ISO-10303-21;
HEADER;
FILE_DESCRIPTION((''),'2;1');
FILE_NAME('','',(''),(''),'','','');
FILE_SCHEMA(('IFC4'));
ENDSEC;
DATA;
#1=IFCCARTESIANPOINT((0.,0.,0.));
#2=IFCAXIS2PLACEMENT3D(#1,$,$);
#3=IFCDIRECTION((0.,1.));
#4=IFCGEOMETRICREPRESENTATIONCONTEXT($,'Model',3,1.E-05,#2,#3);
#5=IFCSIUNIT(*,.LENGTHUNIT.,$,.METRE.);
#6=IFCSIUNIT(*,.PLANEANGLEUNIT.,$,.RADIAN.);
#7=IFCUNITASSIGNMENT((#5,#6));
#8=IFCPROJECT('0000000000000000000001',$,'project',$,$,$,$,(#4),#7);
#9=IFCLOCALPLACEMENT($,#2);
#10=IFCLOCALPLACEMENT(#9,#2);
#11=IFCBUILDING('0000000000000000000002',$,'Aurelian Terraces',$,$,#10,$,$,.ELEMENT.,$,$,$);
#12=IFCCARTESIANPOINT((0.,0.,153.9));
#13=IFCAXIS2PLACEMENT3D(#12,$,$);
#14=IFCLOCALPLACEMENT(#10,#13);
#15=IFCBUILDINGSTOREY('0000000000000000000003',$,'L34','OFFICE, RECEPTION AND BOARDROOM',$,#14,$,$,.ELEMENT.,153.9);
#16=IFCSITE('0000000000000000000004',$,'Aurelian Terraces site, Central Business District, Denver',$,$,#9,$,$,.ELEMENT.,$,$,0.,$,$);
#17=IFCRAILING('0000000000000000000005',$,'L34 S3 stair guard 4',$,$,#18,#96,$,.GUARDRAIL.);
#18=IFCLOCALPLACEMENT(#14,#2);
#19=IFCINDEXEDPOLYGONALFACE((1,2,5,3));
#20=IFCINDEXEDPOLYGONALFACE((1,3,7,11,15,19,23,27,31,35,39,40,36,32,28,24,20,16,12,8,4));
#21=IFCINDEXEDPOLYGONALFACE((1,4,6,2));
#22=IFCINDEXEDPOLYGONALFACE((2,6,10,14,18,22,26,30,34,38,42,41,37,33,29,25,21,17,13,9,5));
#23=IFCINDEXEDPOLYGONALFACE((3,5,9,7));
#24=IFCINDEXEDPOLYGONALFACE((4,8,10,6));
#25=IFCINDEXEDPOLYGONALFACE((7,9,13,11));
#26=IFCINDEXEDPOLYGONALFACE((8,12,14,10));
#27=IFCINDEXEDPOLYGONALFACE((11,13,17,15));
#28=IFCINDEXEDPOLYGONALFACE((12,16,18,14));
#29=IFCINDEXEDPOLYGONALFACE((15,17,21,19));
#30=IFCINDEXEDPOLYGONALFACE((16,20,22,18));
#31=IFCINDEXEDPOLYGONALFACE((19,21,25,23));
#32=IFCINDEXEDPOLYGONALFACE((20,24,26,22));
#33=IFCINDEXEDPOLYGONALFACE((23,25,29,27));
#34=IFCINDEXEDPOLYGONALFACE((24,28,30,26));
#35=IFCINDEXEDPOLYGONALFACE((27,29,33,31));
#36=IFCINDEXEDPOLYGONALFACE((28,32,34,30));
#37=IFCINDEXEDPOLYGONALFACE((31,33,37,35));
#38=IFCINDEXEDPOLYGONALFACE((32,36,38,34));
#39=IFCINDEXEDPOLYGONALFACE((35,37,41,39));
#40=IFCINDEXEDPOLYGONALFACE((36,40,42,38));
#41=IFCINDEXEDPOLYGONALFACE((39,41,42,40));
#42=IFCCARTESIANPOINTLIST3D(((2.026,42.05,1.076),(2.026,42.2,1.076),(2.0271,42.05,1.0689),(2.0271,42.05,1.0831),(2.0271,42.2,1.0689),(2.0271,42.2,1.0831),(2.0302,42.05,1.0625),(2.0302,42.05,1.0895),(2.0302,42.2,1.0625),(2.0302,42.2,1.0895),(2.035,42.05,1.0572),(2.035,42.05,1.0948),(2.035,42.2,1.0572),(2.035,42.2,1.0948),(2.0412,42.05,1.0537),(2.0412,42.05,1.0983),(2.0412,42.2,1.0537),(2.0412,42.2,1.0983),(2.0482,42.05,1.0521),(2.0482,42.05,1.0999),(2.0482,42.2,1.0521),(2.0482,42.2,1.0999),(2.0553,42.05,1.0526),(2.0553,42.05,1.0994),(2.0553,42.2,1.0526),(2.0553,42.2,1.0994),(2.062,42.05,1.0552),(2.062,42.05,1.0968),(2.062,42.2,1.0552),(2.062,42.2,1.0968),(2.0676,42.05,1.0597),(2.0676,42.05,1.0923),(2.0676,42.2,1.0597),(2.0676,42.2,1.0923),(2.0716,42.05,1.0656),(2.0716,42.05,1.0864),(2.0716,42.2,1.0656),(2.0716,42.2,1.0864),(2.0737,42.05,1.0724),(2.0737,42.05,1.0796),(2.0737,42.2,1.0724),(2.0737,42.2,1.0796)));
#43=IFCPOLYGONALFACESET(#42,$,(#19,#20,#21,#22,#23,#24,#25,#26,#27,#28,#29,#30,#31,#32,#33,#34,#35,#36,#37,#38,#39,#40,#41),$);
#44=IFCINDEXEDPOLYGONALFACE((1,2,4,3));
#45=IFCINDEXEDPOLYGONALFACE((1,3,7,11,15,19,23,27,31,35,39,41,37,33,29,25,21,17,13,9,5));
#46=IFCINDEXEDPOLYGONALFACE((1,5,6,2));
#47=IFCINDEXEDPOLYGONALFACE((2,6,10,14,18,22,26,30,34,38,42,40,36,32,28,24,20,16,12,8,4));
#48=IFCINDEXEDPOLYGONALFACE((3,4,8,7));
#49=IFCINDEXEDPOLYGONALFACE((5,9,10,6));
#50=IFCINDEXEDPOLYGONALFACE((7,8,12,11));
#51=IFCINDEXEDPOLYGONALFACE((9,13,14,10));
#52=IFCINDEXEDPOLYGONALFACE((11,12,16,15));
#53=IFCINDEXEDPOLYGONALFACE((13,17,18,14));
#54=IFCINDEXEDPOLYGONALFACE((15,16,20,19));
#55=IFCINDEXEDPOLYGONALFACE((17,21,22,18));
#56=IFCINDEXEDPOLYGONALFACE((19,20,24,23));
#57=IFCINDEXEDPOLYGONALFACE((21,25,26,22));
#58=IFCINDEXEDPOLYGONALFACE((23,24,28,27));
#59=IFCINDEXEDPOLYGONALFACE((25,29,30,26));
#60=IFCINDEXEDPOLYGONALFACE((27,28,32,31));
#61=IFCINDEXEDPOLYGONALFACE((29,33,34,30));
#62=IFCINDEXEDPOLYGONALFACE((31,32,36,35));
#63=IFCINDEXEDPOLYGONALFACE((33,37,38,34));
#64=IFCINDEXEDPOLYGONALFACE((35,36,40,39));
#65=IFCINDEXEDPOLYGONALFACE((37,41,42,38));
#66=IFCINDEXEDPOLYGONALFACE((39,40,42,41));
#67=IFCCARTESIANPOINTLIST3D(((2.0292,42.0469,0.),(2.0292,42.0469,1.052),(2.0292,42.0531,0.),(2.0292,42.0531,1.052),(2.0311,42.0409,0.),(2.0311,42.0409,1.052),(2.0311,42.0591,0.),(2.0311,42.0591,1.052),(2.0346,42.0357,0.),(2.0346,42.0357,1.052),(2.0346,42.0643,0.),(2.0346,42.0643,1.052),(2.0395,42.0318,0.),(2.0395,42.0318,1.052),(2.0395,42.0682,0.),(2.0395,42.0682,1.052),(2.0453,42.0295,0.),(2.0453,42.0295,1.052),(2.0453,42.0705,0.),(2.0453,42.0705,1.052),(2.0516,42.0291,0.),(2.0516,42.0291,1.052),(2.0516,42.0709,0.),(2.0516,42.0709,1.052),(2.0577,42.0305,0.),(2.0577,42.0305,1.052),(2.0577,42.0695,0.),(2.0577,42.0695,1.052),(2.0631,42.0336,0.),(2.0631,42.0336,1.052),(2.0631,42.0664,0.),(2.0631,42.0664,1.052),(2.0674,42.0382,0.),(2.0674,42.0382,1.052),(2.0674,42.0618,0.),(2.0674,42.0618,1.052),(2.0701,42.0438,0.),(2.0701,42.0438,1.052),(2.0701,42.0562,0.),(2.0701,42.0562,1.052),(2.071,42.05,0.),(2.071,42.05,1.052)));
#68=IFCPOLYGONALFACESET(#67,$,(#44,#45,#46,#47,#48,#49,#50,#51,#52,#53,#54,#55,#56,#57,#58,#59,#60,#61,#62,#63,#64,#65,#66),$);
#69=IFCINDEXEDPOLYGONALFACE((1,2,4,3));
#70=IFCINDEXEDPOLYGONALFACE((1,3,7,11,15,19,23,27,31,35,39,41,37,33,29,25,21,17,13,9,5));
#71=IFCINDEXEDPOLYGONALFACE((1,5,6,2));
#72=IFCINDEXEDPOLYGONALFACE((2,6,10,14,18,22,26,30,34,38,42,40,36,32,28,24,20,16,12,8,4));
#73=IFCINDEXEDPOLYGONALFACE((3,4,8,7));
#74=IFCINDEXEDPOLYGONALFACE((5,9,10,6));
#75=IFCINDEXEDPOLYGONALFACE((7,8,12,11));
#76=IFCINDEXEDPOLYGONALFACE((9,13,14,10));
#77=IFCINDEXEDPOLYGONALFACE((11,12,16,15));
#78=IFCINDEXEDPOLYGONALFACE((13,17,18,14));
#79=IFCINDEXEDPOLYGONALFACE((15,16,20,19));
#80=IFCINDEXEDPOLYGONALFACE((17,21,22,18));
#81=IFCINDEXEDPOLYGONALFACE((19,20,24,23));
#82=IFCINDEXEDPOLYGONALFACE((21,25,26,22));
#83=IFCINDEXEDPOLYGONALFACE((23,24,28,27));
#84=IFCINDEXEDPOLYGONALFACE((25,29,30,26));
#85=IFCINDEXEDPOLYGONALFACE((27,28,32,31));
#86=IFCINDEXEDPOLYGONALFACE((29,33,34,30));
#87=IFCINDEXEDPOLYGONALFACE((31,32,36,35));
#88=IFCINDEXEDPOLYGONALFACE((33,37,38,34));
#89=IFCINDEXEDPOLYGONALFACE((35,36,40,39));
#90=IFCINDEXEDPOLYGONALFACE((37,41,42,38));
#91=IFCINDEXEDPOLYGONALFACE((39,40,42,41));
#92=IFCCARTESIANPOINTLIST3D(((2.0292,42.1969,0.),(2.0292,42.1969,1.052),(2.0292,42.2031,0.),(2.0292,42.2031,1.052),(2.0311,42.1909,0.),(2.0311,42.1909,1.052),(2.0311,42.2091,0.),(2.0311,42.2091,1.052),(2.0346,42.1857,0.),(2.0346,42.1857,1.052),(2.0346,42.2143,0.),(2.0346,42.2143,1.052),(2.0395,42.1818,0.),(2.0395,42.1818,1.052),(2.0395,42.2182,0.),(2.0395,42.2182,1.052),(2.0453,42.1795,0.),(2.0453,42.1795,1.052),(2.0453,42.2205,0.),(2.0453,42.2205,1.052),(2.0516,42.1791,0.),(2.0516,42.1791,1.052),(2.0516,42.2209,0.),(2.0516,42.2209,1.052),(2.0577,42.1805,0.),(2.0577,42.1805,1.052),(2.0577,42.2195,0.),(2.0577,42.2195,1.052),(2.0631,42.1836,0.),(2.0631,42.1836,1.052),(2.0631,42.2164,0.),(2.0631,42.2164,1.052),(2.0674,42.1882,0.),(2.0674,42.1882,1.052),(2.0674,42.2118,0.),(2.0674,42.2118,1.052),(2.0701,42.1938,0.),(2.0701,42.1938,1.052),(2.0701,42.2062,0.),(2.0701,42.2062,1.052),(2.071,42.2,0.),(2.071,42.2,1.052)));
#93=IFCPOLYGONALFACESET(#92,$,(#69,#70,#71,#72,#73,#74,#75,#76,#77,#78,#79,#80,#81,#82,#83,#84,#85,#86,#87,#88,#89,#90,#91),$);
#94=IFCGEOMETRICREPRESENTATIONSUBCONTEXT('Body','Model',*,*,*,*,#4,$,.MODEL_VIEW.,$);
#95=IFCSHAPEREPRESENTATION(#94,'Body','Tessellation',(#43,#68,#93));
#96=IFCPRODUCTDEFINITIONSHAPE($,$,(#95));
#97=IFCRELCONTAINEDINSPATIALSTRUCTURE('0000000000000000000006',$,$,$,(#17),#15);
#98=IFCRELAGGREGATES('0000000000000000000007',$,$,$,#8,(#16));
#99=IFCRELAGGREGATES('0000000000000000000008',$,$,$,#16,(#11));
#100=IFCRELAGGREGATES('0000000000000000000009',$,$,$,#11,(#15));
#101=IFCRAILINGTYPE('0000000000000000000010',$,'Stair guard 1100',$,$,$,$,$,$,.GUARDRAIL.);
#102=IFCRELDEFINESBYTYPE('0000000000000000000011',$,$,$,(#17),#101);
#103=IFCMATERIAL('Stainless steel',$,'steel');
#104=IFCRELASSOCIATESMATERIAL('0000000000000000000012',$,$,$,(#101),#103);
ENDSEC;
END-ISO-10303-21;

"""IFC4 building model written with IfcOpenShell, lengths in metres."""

from ifc_helpers import new_model, si_unit, direction, frame, origin, origin_2d, place, context, subcontext, project, spatial, circle, extrude, source, transform, mapped, material, type_object, element, save


model = new_model("IFC4")

# Units and contexts
model_context = context("Model", 3, precision=1e-05, world=origin(), true_north=direction((0.0, 1.0)))
body_context = subcontext(model_context, "Body", "Model", "MODEL_VIEW")
ifc_project = project(units=[si_unit("LENGTHUNIT", "METRE"), si_unit("PLANEANGLEUNIT", "RADIAN")], contexts=[model_context])

# Site, building, storey
site_placement = place(None, origin())
site = spatial("IfcSite", under=ifc_project, at=site_placement, Name="Aurelian Terraces site, Central Business District, Denver", CompositionType="ELEMENT", RefElevation=0.0)
building_placement = place(site_placement, origin())
building = spatial("IfcBuilding", under=site, at=building_placement, Name="Aurelian Terraces", CompositionType="ELEMENT")
storey_placement = place(building_placement, frame((0.0, 0.0, 153.9)))
storey = spatial("IfcBuildingStorey", under=building, at=storey_placement, Name="L34", Description="OFFICE, RECEPTION AND BOARDROOM", CompositionType="ELEMENT", Elevation=153.9)

# Railing
ifc_material_1 = material(Name="Stainless steel", Category="steel")
railing_type_1 = type_object("IfcRailingType", Name="Stair guard 1100", PredefinedType="GUARDRAIL", material=ifc_material_1)
shared_shape_1 = source(origin(), body_context, "Body", "SweptSolid", [
    extrude(circle(Radius=0.024, at=origin_2d()), frame((0.0, 0.0, 1.076), z_axis=(0.0, 1.0, 0.0), x_axis=(-1.0, 0.0, 0.0)), (0.0, 0.0, 1.0), 0.15),
    extrude(circle(Radius=0.021, at=origin_2d()), origin(), (0.0, 0.0, 1.0), 1.052),
    extrude(circle(Radius=0.021, at=origin_2d()), frame((0.0, 0.15, 0.0)), (0.0, 0.0, 1.0), 1.052),
])
for number, where, name in (
    (1, (2.05, 42.05, 0.0), "L34 S3 stair guard 4"),
):
    element("IfcRailing", number, at=place(storey_placement, frame(where)), inside=storey, type_object=railing_type_1, Name=name, PredefinedType="GUARDRAIL", context=body_context, shape_type="MappedRepresentation", body=[
        mapped(shared_shape_1, transform((0.0, 0.0, 0.0), scale=1.0)),
    ])

save(model, "model.ifc")
